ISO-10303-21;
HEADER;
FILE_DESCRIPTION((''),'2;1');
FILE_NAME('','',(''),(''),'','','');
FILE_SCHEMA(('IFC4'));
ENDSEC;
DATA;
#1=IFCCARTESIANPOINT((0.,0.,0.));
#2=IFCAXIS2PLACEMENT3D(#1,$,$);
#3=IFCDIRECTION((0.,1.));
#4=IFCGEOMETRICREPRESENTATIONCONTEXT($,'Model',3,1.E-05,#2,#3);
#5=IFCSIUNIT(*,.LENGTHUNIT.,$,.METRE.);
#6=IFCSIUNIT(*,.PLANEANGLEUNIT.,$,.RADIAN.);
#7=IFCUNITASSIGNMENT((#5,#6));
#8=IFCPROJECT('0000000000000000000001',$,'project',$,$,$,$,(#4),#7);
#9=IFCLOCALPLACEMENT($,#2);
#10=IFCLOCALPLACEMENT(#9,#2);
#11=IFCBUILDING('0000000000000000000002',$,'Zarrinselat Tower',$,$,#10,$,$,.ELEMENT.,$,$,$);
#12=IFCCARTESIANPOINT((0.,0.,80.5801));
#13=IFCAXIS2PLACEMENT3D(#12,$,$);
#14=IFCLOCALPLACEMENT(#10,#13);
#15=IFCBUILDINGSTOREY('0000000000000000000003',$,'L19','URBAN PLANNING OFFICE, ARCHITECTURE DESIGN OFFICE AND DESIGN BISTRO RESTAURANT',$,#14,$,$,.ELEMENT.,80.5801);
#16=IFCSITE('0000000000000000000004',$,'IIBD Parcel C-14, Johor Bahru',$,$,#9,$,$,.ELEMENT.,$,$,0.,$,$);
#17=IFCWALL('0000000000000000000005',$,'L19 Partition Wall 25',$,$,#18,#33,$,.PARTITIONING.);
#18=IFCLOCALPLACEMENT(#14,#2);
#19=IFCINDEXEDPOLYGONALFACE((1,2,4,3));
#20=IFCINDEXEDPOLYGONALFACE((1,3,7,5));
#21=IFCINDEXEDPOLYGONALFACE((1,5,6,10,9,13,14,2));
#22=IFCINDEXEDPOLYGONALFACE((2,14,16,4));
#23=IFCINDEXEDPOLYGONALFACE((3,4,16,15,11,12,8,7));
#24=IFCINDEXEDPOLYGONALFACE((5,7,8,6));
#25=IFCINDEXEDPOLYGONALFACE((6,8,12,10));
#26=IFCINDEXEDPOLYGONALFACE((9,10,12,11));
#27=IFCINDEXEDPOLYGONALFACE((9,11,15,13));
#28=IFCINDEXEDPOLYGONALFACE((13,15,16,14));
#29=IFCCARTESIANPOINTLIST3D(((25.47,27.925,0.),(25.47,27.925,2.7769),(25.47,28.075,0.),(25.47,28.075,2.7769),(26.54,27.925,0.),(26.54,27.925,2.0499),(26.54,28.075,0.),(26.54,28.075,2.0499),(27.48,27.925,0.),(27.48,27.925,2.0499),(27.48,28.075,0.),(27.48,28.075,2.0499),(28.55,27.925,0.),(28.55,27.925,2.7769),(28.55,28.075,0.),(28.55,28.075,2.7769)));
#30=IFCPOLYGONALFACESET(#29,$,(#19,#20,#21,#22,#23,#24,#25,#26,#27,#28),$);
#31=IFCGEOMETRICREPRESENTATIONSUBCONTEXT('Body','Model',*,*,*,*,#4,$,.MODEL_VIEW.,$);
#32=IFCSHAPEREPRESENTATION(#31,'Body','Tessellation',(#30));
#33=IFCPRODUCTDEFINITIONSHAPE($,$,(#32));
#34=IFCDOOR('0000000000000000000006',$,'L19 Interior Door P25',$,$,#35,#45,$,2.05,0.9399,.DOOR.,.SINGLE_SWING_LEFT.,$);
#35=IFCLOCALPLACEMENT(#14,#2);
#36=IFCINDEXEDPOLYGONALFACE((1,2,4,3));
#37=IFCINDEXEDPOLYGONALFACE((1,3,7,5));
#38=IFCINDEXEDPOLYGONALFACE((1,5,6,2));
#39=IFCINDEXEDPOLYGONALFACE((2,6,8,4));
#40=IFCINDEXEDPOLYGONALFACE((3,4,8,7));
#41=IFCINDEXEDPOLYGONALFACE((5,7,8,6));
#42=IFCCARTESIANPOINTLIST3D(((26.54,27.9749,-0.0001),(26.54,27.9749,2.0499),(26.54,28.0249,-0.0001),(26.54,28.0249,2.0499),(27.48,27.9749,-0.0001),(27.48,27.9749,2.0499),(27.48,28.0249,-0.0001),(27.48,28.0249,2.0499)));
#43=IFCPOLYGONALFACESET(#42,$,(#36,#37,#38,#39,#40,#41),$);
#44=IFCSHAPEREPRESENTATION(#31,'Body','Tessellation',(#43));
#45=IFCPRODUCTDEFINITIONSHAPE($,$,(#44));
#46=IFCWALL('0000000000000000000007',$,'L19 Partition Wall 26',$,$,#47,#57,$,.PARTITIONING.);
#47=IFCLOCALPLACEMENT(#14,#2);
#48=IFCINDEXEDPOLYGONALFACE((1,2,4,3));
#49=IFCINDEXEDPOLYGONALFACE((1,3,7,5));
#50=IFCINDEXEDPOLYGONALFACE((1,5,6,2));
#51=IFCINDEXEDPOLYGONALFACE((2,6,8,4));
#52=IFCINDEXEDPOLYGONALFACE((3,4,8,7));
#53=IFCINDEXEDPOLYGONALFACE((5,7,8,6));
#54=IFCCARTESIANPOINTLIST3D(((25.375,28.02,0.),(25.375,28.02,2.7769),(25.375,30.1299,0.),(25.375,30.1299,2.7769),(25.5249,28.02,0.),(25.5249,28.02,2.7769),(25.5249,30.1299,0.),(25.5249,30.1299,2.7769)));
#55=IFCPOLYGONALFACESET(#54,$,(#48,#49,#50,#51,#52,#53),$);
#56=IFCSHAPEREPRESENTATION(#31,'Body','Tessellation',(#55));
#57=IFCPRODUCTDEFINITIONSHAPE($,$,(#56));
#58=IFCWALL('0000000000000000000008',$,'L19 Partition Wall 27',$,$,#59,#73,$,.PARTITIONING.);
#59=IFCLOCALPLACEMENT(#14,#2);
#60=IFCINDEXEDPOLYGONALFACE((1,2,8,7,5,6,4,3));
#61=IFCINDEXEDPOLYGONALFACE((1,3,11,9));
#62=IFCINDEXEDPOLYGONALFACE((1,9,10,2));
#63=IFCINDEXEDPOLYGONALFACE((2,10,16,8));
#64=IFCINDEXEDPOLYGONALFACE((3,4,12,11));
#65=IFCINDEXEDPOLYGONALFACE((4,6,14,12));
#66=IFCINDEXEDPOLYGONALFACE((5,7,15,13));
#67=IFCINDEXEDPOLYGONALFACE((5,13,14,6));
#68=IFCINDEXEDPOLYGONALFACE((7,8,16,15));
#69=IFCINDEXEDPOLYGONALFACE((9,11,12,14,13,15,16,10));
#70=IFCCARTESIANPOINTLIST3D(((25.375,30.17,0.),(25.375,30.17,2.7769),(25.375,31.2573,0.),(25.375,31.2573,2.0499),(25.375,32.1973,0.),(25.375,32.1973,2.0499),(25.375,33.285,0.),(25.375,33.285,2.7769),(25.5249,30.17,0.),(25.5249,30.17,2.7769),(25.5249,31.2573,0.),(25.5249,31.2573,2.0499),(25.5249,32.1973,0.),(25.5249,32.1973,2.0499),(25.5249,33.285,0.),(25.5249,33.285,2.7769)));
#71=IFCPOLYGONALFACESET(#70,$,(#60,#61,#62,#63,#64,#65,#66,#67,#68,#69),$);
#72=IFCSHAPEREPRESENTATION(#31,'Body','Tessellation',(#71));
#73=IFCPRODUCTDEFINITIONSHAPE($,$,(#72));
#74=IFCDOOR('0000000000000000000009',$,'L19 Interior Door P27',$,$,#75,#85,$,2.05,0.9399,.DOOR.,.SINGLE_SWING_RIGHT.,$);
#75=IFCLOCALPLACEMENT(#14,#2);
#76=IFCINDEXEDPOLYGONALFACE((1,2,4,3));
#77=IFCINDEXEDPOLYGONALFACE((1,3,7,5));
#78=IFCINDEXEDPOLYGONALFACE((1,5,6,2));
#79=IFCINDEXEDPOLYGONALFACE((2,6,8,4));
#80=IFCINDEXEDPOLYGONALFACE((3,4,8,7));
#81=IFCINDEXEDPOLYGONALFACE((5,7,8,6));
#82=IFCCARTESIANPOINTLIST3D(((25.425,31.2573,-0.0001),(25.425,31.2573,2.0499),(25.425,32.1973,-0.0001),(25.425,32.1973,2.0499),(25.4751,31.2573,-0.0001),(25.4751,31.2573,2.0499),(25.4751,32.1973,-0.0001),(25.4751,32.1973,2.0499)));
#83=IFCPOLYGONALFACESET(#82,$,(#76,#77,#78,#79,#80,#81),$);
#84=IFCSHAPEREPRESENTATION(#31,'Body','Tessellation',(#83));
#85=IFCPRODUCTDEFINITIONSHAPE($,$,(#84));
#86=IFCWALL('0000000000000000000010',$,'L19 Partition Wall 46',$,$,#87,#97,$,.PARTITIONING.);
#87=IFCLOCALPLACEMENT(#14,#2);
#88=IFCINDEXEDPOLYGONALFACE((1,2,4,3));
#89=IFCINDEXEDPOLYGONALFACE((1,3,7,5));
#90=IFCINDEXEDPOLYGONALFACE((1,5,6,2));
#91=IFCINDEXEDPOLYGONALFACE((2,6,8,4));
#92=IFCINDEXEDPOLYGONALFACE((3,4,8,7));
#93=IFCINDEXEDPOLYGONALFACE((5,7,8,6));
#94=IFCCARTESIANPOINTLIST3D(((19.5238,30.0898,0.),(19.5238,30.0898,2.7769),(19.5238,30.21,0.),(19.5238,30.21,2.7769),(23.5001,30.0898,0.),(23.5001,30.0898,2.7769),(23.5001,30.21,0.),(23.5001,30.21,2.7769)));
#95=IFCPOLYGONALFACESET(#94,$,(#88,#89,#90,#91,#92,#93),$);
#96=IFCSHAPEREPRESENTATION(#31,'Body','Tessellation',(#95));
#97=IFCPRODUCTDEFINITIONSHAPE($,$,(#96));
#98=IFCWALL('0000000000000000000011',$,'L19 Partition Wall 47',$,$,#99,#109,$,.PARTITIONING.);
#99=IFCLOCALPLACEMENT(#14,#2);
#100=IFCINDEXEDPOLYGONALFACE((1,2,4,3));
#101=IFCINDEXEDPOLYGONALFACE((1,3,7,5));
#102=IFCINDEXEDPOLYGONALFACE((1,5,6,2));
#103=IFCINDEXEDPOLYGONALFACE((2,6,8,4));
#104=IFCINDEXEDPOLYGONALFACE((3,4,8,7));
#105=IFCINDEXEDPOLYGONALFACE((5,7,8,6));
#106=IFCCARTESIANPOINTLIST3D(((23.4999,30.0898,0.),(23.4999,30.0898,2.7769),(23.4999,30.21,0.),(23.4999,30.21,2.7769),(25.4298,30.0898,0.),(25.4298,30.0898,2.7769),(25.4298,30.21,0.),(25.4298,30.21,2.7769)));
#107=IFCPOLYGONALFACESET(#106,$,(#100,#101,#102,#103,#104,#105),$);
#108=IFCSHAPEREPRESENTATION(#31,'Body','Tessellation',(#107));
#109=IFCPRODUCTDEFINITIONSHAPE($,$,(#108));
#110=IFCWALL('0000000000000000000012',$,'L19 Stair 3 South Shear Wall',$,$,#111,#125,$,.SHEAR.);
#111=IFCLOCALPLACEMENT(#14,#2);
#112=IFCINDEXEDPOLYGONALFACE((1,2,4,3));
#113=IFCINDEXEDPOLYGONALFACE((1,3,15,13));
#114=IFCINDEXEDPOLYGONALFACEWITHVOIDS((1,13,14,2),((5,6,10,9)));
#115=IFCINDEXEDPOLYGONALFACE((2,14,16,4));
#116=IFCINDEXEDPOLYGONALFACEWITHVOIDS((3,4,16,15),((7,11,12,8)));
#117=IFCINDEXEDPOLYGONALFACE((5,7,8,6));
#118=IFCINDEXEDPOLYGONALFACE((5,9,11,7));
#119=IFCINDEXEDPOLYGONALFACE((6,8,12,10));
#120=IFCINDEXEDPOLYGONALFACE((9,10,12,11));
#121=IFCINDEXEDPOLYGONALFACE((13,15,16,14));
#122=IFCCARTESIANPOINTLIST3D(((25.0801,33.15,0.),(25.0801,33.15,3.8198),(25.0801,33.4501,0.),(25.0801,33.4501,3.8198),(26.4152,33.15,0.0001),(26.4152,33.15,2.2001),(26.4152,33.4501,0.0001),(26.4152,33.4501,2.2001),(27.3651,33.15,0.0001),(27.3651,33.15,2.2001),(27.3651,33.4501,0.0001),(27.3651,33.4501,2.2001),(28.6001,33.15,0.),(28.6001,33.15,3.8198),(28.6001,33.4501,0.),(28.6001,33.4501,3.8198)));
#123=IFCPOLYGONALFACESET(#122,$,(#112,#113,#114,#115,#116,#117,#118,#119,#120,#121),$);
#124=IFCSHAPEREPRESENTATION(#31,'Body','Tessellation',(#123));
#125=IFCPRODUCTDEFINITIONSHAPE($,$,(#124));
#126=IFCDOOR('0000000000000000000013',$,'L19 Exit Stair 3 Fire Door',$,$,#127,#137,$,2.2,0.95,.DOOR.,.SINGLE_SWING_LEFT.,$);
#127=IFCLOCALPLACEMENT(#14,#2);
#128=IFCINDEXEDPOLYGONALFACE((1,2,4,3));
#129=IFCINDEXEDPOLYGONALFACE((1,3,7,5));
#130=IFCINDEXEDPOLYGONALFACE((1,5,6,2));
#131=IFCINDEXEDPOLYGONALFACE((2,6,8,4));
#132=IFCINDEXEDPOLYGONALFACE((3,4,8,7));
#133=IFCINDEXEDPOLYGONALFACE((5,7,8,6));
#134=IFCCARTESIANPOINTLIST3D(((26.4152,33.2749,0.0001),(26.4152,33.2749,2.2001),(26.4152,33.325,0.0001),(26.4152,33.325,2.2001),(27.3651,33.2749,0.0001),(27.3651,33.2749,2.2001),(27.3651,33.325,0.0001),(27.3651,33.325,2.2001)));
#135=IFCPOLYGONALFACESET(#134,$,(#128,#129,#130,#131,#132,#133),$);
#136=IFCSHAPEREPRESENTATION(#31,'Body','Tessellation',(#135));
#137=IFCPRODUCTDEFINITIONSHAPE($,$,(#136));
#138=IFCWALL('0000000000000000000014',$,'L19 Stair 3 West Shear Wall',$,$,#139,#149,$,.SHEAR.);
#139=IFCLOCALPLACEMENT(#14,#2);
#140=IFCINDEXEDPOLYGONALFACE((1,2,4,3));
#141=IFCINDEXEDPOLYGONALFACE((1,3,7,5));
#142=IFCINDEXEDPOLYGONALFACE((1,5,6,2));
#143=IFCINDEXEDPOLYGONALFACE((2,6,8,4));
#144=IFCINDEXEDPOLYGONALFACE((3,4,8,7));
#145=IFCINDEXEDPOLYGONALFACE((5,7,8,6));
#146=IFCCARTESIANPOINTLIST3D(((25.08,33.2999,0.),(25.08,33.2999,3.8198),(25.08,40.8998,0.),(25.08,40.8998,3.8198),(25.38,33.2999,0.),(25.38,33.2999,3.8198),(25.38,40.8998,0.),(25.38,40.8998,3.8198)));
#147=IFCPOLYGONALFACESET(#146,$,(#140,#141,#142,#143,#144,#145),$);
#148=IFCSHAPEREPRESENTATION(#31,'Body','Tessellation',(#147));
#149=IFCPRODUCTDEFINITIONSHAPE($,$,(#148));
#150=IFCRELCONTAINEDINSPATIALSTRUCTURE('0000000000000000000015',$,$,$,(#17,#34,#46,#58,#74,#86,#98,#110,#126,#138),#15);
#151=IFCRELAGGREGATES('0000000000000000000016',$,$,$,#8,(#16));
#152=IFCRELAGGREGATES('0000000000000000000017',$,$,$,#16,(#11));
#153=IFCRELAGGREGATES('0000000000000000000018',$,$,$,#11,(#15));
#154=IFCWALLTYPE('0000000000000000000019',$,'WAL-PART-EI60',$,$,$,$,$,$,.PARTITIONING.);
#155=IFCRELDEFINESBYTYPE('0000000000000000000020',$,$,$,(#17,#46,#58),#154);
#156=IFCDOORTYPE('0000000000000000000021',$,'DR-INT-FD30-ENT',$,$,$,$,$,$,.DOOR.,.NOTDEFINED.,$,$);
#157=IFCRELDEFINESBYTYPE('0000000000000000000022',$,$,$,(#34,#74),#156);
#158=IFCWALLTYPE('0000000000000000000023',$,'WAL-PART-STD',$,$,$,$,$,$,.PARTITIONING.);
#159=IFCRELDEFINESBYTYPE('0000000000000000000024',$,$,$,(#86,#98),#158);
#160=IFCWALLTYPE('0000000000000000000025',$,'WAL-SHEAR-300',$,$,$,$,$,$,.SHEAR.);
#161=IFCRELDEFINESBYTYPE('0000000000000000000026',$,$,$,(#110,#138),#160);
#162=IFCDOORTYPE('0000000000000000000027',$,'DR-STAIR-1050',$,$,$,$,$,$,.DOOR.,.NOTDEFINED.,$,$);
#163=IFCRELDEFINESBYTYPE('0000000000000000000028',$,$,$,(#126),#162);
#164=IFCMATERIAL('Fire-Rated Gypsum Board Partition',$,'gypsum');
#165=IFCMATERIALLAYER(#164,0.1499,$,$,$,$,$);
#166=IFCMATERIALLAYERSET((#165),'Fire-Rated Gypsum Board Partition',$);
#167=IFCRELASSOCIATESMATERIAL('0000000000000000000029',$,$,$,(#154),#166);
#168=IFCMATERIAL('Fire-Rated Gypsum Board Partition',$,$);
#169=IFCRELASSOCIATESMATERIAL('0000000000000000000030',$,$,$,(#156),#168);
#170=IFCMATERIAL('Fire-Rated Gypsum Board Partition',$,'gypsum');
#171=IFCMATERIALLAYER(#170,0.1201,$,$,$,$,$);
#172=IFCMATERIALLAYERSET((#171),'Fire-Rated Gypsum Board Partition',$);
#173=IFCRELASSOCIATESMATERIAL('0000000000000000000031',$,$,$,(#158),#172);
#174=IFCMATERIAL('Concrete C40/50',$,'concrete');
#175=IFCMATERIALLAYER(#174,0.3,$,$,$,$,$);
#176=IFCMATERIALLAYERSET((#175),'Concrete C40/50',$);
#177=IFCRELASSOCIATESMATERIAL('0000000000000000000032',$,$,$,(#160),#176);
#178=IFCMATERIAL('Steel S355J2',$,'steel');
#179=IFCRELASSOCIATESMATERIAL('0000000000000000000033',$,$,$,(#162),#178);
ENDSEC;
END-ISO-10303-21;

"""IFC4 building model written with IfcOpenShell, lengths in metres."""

from ifc_helpers import new_model, si_unit, direction, frame, frame_2d, origin, place, context, subcontext, project, spatial, rectangle, extrude, material, layer, layer_set, type_object, element, fill, save


model = new_model("IFC4")

# Units and contexts
model_context = context("Model", 3, precision=1e-05, world=origin(), true_north=direction((0.0, 1.0)))
body_context = subcontext(model_context, "Body", "Model", "MODEL_VIEW")
ifc_project = project(units=[si_unit("LENGTHUNIT", "METRE"), si_unit("PLANEANGLEUNIT", "RADIAN")], contexts=[model_context])

# Site, building, storey
site_placement = place(None, origin())
site = spatial("IfcSite", under=ifc_project, at=site_placement, Name="IIBD Parcel C-14, Johor Bahru", CompositionType="ELEMENT", RefElevation=0.0)
building_placement = place(site_placement, origin())
building = spatial("IfcBuilding", under=site, at=building_placement, Name="Zarrinselat Tower", CompositionType="ELEMENT")
storey_placement = place(building_placement, frame((0.0, 0.0, 80.5801)))
storey = spatial("IfcBuildingStorey", under=building, at=storey_placement, Name="L19", Description="URBAN PLANNING OFFICE, ARCHITECTURE DESIGN OFFICE AND DESIGN BISTRO RESTAURANT", CompositionType="ELEMENT", Elevation=80.5801)

# Wall, opening, door
ifc_material_1 = material(Name="Fire-Rated Gypsum Board Partition", Category="gypsum")
ifc_layer_1 = layer(ifc_material_1, 0.1499)
ifc_layer_set_1 = layer_set([ifc_layer_1], Name="Fire-Rated Gypsum Board Partition")
wall_type_1 = type_object("IfcWallType", Name="WAL-PART-EI60", PredefinedType="PARTITIONING", material=ifc_layer_set_1)
wall_1_placement = place(storey_placement, frame((25.47, 28.0, 0.0), z_axis=(0.0, 0.0, 1.0), x_axis=(1.0, 0.0, 0.0)))
wall_1 = element("IfcWall", 1, at=wall_1_placement, inside=storey, type_object=wall_type_1, Name="L19 Partition Wall 25", PredefinedType="PARTITIONING", context=body_context, shape_type="SweptSolid", body=[
    extrude(rectangle(XDim=3.0801, YDim=0.1499, at=frame_2d((1.54, 0.0))), origin(), (0.0, 0.0, 1.0), 2.7769),
])
opening_1_placement = place(wall_1_placement, frame((1.0701, 0.0, 0.0)))
opening_1 = element("IfcOpeningElement", 2, at=opening_1_placement, cuts=wall_1, PredefinedType="OPENING", context=body_context, shape_type="SweptSolid", body=[
    extrude(rectangle(XDim=0.9399, YDim=2.05, at=frame_2d((0.47, 1.0249))), frame((0.0, 0.085, 0.0), z_axis=(0.0, -1.0, 0.0), x_axis=(1.0, 0.0, 0.0)), (0.0, 0.0, 1.0), 0.1699),
])
ifc_material_2 = material(Name="Fire-Rated Gypsum Board Partition")
door_type_1 = type_object("IfcDoorType", Name="DR-INT-FD30-ENT", OperationType="NOTDEFINED", PredefinedType="DOOR", material=ifc_material_2)
door_1_placement = place(opening_1_placement, origin())
door_1 = element("IfcDoor", 3, at=door_1_placement, inside=storey, type_object=door_type_1, Name="L19 Interior Door P25", OperationType="SINGLE_SWING_LEFT", OverallHeight=2.05, OverallWidth=0.9399, PredefinedType="DOOR", context=body_context, shape_type="SweptSolid", body=[
    extrude(rectangle(XDim=0.9399, YDim=2.05, at=frame_2d((0.47, 1.0249))), frame((0.0, 0.0249, 0.0), z_axis=(0.0, -1.0, 0.0), x_axis=(1.0, 0.0, 0.0)), (0.0, 0.0, 1.0), 0.05),
])
fill(opening_1, door_1)

# Wall
wall_2_placement = place(storey_placement, frame((25.45, 28.02, 0.0), z_axis=(0.0, 0.0, 1.0), x_axis=(0.0, 1.0, 0.0)))
element("IfcWall", 4, at=wall_2_placement, inside=storey, type_object=wall_type_1, Name="L19 Partition Wall 26", PredefinedType="PARTITIONING", context=body_context, shape_type="SweptSolid", body=[
    extrude(rectangle(XDim=2.1099, YDim=0.1499, at=frame_2d((1.0549, 0.0))), origin(), (0.0, 0.0, 1.0), 2.7769),
])

# Wall, opening, door
wall_3_placement = place(storey_placement, frame((25.45, 30.1699, 0.0), z_axis=(0.0, 0.0, 1.0), x_axis=(0.0, 1.0, 0.0)))
wall_3 = element("IfcWall", 5, at=wall_3_placement, inside=storey, type_object=wall_type_1, Name="L19 Partition Wall 27", PredefinedType="PARTITIONING", context=body_context, shape_type="SweptSolid", body=[
    extrude(rectangle(XDim=3.115, YDim=0.1499, at=frame_2d((1.5576, 0.0))), origin(), (0.0, 0.0, 1.0), 2.7769),
])
opening_2_placement = place(wall_3_placement, frame((1.0874, 0.0, 0.0)))
opening_2 = element("IfcOpeningElement", 6, at=opening_2_placement, cuts=wall_3, PredefinedType="OPENING", context=body_context, shape_type="SweptSolid", body=[
    extrude(rectangle(XDim=0.9399, YDim=2.05, at=frame_2d((0.47, 1.0249))), frame((0.0, 0.085, 0.0), z_axis=(0.0, -1.0, 0.0), x_axis=(1.0, 0.0, 0.0)), (0.0, 0.0, 1.0), 0.1699),
])
door_2_placement = place(opening_2_placement, origin())
door_2 = element("IfcDoor", 7, at=door_2_placement, inside=storey, type_object=door_type_1, Name="L19 Interior Door P27", OperationType="SINGLE_SWING_RIGHT", OverallHeight=2.05, OverallWidth=0.9399, PredefinedType="DOOR", context=body_context, shape_type="SweptSolid", body=[
    extrude(rectangle(XDim=0.9399, YDim=2.05, at=frame_2d((0.47, 1.0249))), frame((0.0, 0.0249, 0.0), z_axis=(0.0, -1.0, 0.0), x_axis=(1.0, 0.0, 0.0)), (0.0, 0.0, 1.0), 0.05),
])
fill(opening_2, door_2)

# Walls
ifc_material_3 = material(Name="Fire-Rated Gypsum Board Partition", Category="gypsum")
ifc_layer_2 = layer(ifc_material_3, 0.1201)
ifc_layer_set_2 = layer_set([ifc_layer_2], Name="Fire-Rated Gypsum Board Partition")
wall_type_2 = type_object("IfcWallType", Name="WAL-PART-STD", PredefinedType="PARTITIONING", material=ifc_layer_set_2)
wall_4_placement = place(storey_placement, frame((19.5237, 30.1499, 0.0), z_axis=(0.0, 0.0, 1.0), x_axis=(1.0, 0.0, 0.0)))
element("IfcWall", 8, at=wall_4_placement, inside=storey, type_object=wall_type_2, Name="L19 Partition Wall 46", PredefinedType="PARTITIONING", context=body_context, shape_type="SweptSolid", body=[
    extrude(rectangle(XDim=3.9763, YDim=0.1201, at=frame_2d((1.9883, 0.0))), origin(), (0.0, 0.0, 1.0), 2.7769),
])
wall_5_placement = place(storey_placement, frame((23.5, 30.1499, 0.0), z_axis=(0.0, 0.0, 1.0), x_axis=(1.0, 0.0, 0.0)))
element("IfcWall", 9, at=wall_5_placement, inside=storey, type_object=wall_type_2, Name="L19 Partition Wall 47", PredefinedType="PARTITIONING", context=body_context, shape_type="SweptSolid", body=[
    extrude(rectangle(XDim=1.9299, YDim=0.1201, at=frame_2d((0.9648, 0.0))), origin(), (0.0, 0.0, 1.0), 2.7769),
])

# Wall, opening, door
ifc_material_4 = material(Name="Concrete C40/50", Category="concrete")
ifc_layer_3 = layer(ifc_material_4, 0.3)
ifc_layer_set_3 = layer_set([ifc_layer_3], Name="Concrete C40/50")
wall_type_3 = type_object("IfcWallType", Name="WAL-SHEAR-300", PredefinedType="SHEAR", material=ifc_layer_set_3)
wall_6_placement = place(storey_placement, frame((25.0801, 33.3, 0.0), z_axis=(0.0, 0.0, 1.0), x_axis=(1.0, 0.0, 0.0)))
wall_6 = element("IfcWall", 10, at=wall_6_placement, inside=storey, type_object=wall_type_3, Name="L19 Stair 3 South Shear Wall", PredefinedType="SHEAR", context=body_context, shape_type="SweptSolid", body=[
    extrude(rectangle(XDim=3.52, YDim=0.3, at=frame_2d((1.76, 0.0))), origin(), (0.0, 0.0, 1.0), 3.8198),
])
opening_3_placement = place(wall_6_placement, frame((1.335, 0.0, 0.0)))
opening_3 = element("IfcOpeningElement", 11, at=opening_3_placement, cuts=wall_6, PredefinedType="OPENING", context=body_context, shape_type="SweptSolid", body=[
    extrude(rectangle(XDim=0.95, YDim=2.2, at=frame_2d((0.4751, 1.1001))), frame((0.0, 0.1599, 0.0), z_axis=(0.0, -1.0, 0.0), x_axis=(1.0, 0.0, 0.0)), (0.0, 0.0, 1.0), 0.3201),
])
ifc_material_5 = material(Name="Steel S355J2", Category="steel")
door_type_2 = type_object("IfcDoorType", Name="DR-STAIR-1050", OperationType="NOTDEFINED", PredefinedType="DOOR", material=ifc_material_5)
door_3_placement = place(opening_3_placement, origin())
door_3 = element("IfcDoor", 12, at=door_3_placement, inside=storey, type_object=door_type_2, Name="L19 Exit Stair 3 Fire Door", OperationType="SINGLE_SWING_LEFT", OverallHeight=2.2, OverallWidth=0.95, PredefinedType="DOOR", context=body_context, shape_type="SweptSolid", body=[
    extrude(rectangle(XDim=0.95, YDim=2.2, at=frame_2d((0.4751, 1.1001))), frame((0.0, 0.0249, 0.0), z_axis=(0.0, -1.0, 0.0), x_axis=(1.0, 0.0, 0.0)), (0.0, 0.0, 1.0), 0.05),
])
fill(opening_3, door_3)

# Wall
wall_7_placement = place(storey_placement, frame((25.23, 33.3, 0.0), z_axis=(0.0, 0.0, 1.0), x_axis=(0.0, 1.0, 0.0)))
element("IfcWall", 13, at=wall_7_placement, inside=storey, type_object=wall_type_3, Name="L19 Stair 3 West Shear Wall", PredefinedType="SHEAR", context=body_context, shape_type="SweptSolid", body=[
    extrude(rectangle(XDim=7.5999, YDim=0.3, at=frame_2d((3.7998, 0.0))), origin(), (0.0, 0.0, 1.0), 3.8198),
])

save(model, "model.ifc")
